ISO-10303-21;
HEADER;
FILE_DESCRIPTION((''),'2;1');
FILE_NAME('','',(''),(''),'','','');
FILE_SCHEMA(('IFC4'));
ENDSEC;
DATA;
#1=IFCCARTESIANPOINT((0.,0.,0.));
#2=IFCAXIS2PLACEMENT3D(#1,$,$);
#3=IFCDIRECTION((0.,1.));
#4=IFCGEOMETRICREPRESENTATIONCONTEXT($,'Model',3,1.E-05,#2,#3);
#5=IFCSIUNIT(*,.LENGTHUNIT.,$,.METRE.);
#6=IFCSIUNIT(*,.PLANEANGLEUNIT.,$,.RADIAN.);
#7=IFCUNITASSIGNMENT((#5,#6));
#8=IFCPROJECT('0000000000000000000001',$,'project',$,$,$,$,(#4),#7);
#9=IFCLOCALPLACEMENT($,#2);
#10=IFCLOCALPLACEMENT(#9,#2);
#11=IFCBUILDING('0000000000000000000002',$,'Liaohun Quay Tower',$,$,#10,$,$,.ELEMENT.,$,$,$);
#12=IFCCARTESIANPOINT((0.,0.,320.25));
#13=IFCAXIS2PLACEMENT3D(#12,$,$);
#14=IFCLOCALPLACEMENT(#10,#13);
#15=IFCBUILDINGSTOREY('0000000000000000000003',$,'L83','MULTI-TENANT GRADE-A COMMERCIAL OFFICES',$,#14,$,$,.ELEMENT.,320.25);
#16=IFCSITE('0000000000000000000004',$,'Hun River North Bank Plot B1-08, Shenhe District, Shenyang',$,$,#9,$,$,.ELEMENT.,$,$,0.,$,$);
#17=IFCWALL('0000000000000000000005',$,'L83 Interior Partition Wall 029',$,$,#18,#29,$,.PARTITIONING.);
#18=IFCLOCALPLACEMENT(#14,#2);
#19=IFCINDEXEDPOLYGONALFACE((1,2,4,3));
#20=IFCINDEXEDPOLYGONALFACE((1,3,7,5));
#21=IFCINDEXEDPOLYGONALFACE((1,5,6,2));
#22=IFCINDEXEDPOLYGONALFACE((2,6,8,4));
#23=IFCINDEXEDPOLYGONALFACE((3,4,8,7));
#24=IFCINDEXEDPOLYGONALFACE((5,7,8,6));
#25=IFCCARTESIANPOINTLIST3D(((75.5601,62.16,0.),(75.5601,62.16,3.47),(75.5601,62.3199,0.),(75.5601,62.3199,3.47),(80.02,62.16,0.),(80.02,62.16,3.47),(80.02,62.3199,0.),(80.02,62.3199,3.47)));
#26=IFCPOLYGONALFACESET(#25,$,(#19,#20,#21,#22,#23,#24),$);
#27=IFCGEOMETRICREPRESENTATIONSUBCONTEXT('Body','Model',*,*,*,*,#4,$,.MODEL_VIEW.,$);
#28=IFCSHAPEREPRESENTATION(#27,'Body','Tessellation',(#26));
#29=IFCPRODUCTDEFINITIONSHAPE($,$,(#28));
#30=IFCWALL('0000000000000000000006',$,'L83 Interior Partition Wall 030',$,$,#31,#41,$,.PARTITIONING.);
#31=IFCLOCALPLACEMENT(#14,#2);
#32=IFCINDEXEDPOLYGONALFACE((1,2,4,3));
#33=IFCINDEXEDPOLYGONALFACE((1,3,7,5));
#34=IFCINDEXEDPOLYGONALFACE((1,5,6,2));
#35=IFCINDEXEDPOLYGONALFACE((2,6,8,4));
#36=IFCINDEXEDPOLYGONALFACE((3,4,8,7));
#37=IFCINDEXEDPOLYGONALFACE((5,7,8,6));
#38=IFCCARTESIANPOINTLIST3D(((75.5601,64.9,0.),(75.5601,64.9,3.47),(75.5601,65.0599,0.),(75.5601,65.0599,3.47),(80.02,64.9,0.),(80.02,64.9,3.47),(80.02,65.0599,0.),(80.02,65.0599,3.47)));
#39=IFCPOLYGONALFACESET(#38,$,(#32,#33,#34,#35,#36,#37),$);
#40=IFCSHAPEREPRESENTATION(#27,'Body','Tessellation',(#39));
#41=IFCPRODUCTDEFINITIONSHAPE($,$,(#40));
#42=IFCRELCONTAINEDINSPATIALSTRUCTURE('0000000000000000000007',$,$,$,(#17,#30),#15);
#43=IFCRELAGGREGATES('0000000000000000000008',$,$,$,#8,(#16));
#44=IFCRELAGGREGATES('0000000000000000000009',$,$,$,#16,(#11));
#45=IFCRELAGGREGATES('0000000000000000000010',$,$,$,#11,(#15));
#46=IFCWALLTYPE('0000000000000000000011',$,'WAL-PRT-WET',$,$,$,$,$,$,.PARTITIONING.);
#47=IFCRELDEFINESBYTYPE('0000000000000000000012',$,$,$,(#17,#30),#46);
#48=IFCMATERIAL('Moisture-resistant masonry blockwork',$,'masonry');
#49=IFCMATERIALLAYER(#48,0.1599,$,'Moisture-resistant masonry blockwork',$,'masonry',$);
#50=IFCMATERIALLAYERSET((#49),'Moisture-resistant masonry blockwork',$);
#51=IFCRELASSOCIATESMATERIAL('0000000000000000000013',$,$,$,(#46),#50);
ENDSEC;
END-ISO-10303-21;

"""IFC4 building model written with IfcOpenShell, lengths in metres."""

from ifc_helpers import new_model, si_unit, direction, frame, frame_2d, origin, place, context, subcontext, project, spatial, rectangle, extrude, material, layer, layer_set, type_object, element, save


model = new_model("IFC4")

# Units and contexts
model_context = context("Model", 3, precision=1e-05, world=origin(), true_north=direction((0.0, 1.0)))
body_context = subcontext(model_context, "Body", "Model", "MODEL_VIEW")
ifc_project = project(units=[si_unit("LENGTHUNIT", "METRE"), si_unit("PLANEANGLEUNIT", "RADIAN")], contexts=[model_context])

# Site, building, storey
site_placement = place(None, origin())
site = spatial("IfcSite", under=ifc_project, at=site_placement, Name="Hun River North Bank Plot B1-08, Shenhe District, Shenyang", CompositionType="ELEMENT", RefElevation=0.0)
building_placement = place(site_placement, origin())
building = spatial("IfcBuilding", under=site, at=building_placement, Name="Liaohun Quay Tower", CompositionType="ELEMENT")
storey_placement = place(building_placement, frame((0.0, 0.0, 320.25)))
storey = spatial("IfcBuildingStorey", under=building, at=storey_placement, Name="L83", Description="MULTI-TENANT GRADE-A COMMERCIAL OFFICES", CompositionType="ELEMENT", Elevation=320.25)

# Shared definitions
ifc_material_1 = material(Name="Moisture-resistant masonry blockwork", Category="masonry")
ifc_layer_1 = layer(ifc_material_1, 0.1599, Name="Moisture-resistant masonry blockwork", Category="masonry")
ifc_layer_set_1 = layer_set([ifc_layer_1], Name="Moisture-resistant masonry blockwork")
wall_type_1 = type_object("IfcWallType", Name="WAL-PRT-WET", PredefinedType="PARTITIONING", material=ifc_layer_set_1)

# Walls
for number, where, z_axis, x_axis, name in (
    (1, (75.5601, 62.24, 0.0), (0.0, 0.0, 1.0), (1.0, 0.0, 0.0), "L83 Interior Partition Wall 029"),
    (2, (75.5601, 64.98, 0.0), (0.0, 0.0, 1.0), (1.0, 0.0, 0.0), "L83 Interior Partition Wall 030"),
):
    element("IfcWall", number, at=place(storey_placement, frame(where, z_axis=z_axis, x_axis=x_axis)), inside=storey, type_object=wall_type_1, Name=name, PredefinedType="PARTITIONING", context=body_context, shape_type="SweptSolid", body=[
        extrude(rectangle(XDim=4.46, YDim=0.1599, at=frame_2d((2.23, 0.0))), origin(), (0.0, 0.0, 1.0), 3.47),
    ])

save(model, "model.ifc")
